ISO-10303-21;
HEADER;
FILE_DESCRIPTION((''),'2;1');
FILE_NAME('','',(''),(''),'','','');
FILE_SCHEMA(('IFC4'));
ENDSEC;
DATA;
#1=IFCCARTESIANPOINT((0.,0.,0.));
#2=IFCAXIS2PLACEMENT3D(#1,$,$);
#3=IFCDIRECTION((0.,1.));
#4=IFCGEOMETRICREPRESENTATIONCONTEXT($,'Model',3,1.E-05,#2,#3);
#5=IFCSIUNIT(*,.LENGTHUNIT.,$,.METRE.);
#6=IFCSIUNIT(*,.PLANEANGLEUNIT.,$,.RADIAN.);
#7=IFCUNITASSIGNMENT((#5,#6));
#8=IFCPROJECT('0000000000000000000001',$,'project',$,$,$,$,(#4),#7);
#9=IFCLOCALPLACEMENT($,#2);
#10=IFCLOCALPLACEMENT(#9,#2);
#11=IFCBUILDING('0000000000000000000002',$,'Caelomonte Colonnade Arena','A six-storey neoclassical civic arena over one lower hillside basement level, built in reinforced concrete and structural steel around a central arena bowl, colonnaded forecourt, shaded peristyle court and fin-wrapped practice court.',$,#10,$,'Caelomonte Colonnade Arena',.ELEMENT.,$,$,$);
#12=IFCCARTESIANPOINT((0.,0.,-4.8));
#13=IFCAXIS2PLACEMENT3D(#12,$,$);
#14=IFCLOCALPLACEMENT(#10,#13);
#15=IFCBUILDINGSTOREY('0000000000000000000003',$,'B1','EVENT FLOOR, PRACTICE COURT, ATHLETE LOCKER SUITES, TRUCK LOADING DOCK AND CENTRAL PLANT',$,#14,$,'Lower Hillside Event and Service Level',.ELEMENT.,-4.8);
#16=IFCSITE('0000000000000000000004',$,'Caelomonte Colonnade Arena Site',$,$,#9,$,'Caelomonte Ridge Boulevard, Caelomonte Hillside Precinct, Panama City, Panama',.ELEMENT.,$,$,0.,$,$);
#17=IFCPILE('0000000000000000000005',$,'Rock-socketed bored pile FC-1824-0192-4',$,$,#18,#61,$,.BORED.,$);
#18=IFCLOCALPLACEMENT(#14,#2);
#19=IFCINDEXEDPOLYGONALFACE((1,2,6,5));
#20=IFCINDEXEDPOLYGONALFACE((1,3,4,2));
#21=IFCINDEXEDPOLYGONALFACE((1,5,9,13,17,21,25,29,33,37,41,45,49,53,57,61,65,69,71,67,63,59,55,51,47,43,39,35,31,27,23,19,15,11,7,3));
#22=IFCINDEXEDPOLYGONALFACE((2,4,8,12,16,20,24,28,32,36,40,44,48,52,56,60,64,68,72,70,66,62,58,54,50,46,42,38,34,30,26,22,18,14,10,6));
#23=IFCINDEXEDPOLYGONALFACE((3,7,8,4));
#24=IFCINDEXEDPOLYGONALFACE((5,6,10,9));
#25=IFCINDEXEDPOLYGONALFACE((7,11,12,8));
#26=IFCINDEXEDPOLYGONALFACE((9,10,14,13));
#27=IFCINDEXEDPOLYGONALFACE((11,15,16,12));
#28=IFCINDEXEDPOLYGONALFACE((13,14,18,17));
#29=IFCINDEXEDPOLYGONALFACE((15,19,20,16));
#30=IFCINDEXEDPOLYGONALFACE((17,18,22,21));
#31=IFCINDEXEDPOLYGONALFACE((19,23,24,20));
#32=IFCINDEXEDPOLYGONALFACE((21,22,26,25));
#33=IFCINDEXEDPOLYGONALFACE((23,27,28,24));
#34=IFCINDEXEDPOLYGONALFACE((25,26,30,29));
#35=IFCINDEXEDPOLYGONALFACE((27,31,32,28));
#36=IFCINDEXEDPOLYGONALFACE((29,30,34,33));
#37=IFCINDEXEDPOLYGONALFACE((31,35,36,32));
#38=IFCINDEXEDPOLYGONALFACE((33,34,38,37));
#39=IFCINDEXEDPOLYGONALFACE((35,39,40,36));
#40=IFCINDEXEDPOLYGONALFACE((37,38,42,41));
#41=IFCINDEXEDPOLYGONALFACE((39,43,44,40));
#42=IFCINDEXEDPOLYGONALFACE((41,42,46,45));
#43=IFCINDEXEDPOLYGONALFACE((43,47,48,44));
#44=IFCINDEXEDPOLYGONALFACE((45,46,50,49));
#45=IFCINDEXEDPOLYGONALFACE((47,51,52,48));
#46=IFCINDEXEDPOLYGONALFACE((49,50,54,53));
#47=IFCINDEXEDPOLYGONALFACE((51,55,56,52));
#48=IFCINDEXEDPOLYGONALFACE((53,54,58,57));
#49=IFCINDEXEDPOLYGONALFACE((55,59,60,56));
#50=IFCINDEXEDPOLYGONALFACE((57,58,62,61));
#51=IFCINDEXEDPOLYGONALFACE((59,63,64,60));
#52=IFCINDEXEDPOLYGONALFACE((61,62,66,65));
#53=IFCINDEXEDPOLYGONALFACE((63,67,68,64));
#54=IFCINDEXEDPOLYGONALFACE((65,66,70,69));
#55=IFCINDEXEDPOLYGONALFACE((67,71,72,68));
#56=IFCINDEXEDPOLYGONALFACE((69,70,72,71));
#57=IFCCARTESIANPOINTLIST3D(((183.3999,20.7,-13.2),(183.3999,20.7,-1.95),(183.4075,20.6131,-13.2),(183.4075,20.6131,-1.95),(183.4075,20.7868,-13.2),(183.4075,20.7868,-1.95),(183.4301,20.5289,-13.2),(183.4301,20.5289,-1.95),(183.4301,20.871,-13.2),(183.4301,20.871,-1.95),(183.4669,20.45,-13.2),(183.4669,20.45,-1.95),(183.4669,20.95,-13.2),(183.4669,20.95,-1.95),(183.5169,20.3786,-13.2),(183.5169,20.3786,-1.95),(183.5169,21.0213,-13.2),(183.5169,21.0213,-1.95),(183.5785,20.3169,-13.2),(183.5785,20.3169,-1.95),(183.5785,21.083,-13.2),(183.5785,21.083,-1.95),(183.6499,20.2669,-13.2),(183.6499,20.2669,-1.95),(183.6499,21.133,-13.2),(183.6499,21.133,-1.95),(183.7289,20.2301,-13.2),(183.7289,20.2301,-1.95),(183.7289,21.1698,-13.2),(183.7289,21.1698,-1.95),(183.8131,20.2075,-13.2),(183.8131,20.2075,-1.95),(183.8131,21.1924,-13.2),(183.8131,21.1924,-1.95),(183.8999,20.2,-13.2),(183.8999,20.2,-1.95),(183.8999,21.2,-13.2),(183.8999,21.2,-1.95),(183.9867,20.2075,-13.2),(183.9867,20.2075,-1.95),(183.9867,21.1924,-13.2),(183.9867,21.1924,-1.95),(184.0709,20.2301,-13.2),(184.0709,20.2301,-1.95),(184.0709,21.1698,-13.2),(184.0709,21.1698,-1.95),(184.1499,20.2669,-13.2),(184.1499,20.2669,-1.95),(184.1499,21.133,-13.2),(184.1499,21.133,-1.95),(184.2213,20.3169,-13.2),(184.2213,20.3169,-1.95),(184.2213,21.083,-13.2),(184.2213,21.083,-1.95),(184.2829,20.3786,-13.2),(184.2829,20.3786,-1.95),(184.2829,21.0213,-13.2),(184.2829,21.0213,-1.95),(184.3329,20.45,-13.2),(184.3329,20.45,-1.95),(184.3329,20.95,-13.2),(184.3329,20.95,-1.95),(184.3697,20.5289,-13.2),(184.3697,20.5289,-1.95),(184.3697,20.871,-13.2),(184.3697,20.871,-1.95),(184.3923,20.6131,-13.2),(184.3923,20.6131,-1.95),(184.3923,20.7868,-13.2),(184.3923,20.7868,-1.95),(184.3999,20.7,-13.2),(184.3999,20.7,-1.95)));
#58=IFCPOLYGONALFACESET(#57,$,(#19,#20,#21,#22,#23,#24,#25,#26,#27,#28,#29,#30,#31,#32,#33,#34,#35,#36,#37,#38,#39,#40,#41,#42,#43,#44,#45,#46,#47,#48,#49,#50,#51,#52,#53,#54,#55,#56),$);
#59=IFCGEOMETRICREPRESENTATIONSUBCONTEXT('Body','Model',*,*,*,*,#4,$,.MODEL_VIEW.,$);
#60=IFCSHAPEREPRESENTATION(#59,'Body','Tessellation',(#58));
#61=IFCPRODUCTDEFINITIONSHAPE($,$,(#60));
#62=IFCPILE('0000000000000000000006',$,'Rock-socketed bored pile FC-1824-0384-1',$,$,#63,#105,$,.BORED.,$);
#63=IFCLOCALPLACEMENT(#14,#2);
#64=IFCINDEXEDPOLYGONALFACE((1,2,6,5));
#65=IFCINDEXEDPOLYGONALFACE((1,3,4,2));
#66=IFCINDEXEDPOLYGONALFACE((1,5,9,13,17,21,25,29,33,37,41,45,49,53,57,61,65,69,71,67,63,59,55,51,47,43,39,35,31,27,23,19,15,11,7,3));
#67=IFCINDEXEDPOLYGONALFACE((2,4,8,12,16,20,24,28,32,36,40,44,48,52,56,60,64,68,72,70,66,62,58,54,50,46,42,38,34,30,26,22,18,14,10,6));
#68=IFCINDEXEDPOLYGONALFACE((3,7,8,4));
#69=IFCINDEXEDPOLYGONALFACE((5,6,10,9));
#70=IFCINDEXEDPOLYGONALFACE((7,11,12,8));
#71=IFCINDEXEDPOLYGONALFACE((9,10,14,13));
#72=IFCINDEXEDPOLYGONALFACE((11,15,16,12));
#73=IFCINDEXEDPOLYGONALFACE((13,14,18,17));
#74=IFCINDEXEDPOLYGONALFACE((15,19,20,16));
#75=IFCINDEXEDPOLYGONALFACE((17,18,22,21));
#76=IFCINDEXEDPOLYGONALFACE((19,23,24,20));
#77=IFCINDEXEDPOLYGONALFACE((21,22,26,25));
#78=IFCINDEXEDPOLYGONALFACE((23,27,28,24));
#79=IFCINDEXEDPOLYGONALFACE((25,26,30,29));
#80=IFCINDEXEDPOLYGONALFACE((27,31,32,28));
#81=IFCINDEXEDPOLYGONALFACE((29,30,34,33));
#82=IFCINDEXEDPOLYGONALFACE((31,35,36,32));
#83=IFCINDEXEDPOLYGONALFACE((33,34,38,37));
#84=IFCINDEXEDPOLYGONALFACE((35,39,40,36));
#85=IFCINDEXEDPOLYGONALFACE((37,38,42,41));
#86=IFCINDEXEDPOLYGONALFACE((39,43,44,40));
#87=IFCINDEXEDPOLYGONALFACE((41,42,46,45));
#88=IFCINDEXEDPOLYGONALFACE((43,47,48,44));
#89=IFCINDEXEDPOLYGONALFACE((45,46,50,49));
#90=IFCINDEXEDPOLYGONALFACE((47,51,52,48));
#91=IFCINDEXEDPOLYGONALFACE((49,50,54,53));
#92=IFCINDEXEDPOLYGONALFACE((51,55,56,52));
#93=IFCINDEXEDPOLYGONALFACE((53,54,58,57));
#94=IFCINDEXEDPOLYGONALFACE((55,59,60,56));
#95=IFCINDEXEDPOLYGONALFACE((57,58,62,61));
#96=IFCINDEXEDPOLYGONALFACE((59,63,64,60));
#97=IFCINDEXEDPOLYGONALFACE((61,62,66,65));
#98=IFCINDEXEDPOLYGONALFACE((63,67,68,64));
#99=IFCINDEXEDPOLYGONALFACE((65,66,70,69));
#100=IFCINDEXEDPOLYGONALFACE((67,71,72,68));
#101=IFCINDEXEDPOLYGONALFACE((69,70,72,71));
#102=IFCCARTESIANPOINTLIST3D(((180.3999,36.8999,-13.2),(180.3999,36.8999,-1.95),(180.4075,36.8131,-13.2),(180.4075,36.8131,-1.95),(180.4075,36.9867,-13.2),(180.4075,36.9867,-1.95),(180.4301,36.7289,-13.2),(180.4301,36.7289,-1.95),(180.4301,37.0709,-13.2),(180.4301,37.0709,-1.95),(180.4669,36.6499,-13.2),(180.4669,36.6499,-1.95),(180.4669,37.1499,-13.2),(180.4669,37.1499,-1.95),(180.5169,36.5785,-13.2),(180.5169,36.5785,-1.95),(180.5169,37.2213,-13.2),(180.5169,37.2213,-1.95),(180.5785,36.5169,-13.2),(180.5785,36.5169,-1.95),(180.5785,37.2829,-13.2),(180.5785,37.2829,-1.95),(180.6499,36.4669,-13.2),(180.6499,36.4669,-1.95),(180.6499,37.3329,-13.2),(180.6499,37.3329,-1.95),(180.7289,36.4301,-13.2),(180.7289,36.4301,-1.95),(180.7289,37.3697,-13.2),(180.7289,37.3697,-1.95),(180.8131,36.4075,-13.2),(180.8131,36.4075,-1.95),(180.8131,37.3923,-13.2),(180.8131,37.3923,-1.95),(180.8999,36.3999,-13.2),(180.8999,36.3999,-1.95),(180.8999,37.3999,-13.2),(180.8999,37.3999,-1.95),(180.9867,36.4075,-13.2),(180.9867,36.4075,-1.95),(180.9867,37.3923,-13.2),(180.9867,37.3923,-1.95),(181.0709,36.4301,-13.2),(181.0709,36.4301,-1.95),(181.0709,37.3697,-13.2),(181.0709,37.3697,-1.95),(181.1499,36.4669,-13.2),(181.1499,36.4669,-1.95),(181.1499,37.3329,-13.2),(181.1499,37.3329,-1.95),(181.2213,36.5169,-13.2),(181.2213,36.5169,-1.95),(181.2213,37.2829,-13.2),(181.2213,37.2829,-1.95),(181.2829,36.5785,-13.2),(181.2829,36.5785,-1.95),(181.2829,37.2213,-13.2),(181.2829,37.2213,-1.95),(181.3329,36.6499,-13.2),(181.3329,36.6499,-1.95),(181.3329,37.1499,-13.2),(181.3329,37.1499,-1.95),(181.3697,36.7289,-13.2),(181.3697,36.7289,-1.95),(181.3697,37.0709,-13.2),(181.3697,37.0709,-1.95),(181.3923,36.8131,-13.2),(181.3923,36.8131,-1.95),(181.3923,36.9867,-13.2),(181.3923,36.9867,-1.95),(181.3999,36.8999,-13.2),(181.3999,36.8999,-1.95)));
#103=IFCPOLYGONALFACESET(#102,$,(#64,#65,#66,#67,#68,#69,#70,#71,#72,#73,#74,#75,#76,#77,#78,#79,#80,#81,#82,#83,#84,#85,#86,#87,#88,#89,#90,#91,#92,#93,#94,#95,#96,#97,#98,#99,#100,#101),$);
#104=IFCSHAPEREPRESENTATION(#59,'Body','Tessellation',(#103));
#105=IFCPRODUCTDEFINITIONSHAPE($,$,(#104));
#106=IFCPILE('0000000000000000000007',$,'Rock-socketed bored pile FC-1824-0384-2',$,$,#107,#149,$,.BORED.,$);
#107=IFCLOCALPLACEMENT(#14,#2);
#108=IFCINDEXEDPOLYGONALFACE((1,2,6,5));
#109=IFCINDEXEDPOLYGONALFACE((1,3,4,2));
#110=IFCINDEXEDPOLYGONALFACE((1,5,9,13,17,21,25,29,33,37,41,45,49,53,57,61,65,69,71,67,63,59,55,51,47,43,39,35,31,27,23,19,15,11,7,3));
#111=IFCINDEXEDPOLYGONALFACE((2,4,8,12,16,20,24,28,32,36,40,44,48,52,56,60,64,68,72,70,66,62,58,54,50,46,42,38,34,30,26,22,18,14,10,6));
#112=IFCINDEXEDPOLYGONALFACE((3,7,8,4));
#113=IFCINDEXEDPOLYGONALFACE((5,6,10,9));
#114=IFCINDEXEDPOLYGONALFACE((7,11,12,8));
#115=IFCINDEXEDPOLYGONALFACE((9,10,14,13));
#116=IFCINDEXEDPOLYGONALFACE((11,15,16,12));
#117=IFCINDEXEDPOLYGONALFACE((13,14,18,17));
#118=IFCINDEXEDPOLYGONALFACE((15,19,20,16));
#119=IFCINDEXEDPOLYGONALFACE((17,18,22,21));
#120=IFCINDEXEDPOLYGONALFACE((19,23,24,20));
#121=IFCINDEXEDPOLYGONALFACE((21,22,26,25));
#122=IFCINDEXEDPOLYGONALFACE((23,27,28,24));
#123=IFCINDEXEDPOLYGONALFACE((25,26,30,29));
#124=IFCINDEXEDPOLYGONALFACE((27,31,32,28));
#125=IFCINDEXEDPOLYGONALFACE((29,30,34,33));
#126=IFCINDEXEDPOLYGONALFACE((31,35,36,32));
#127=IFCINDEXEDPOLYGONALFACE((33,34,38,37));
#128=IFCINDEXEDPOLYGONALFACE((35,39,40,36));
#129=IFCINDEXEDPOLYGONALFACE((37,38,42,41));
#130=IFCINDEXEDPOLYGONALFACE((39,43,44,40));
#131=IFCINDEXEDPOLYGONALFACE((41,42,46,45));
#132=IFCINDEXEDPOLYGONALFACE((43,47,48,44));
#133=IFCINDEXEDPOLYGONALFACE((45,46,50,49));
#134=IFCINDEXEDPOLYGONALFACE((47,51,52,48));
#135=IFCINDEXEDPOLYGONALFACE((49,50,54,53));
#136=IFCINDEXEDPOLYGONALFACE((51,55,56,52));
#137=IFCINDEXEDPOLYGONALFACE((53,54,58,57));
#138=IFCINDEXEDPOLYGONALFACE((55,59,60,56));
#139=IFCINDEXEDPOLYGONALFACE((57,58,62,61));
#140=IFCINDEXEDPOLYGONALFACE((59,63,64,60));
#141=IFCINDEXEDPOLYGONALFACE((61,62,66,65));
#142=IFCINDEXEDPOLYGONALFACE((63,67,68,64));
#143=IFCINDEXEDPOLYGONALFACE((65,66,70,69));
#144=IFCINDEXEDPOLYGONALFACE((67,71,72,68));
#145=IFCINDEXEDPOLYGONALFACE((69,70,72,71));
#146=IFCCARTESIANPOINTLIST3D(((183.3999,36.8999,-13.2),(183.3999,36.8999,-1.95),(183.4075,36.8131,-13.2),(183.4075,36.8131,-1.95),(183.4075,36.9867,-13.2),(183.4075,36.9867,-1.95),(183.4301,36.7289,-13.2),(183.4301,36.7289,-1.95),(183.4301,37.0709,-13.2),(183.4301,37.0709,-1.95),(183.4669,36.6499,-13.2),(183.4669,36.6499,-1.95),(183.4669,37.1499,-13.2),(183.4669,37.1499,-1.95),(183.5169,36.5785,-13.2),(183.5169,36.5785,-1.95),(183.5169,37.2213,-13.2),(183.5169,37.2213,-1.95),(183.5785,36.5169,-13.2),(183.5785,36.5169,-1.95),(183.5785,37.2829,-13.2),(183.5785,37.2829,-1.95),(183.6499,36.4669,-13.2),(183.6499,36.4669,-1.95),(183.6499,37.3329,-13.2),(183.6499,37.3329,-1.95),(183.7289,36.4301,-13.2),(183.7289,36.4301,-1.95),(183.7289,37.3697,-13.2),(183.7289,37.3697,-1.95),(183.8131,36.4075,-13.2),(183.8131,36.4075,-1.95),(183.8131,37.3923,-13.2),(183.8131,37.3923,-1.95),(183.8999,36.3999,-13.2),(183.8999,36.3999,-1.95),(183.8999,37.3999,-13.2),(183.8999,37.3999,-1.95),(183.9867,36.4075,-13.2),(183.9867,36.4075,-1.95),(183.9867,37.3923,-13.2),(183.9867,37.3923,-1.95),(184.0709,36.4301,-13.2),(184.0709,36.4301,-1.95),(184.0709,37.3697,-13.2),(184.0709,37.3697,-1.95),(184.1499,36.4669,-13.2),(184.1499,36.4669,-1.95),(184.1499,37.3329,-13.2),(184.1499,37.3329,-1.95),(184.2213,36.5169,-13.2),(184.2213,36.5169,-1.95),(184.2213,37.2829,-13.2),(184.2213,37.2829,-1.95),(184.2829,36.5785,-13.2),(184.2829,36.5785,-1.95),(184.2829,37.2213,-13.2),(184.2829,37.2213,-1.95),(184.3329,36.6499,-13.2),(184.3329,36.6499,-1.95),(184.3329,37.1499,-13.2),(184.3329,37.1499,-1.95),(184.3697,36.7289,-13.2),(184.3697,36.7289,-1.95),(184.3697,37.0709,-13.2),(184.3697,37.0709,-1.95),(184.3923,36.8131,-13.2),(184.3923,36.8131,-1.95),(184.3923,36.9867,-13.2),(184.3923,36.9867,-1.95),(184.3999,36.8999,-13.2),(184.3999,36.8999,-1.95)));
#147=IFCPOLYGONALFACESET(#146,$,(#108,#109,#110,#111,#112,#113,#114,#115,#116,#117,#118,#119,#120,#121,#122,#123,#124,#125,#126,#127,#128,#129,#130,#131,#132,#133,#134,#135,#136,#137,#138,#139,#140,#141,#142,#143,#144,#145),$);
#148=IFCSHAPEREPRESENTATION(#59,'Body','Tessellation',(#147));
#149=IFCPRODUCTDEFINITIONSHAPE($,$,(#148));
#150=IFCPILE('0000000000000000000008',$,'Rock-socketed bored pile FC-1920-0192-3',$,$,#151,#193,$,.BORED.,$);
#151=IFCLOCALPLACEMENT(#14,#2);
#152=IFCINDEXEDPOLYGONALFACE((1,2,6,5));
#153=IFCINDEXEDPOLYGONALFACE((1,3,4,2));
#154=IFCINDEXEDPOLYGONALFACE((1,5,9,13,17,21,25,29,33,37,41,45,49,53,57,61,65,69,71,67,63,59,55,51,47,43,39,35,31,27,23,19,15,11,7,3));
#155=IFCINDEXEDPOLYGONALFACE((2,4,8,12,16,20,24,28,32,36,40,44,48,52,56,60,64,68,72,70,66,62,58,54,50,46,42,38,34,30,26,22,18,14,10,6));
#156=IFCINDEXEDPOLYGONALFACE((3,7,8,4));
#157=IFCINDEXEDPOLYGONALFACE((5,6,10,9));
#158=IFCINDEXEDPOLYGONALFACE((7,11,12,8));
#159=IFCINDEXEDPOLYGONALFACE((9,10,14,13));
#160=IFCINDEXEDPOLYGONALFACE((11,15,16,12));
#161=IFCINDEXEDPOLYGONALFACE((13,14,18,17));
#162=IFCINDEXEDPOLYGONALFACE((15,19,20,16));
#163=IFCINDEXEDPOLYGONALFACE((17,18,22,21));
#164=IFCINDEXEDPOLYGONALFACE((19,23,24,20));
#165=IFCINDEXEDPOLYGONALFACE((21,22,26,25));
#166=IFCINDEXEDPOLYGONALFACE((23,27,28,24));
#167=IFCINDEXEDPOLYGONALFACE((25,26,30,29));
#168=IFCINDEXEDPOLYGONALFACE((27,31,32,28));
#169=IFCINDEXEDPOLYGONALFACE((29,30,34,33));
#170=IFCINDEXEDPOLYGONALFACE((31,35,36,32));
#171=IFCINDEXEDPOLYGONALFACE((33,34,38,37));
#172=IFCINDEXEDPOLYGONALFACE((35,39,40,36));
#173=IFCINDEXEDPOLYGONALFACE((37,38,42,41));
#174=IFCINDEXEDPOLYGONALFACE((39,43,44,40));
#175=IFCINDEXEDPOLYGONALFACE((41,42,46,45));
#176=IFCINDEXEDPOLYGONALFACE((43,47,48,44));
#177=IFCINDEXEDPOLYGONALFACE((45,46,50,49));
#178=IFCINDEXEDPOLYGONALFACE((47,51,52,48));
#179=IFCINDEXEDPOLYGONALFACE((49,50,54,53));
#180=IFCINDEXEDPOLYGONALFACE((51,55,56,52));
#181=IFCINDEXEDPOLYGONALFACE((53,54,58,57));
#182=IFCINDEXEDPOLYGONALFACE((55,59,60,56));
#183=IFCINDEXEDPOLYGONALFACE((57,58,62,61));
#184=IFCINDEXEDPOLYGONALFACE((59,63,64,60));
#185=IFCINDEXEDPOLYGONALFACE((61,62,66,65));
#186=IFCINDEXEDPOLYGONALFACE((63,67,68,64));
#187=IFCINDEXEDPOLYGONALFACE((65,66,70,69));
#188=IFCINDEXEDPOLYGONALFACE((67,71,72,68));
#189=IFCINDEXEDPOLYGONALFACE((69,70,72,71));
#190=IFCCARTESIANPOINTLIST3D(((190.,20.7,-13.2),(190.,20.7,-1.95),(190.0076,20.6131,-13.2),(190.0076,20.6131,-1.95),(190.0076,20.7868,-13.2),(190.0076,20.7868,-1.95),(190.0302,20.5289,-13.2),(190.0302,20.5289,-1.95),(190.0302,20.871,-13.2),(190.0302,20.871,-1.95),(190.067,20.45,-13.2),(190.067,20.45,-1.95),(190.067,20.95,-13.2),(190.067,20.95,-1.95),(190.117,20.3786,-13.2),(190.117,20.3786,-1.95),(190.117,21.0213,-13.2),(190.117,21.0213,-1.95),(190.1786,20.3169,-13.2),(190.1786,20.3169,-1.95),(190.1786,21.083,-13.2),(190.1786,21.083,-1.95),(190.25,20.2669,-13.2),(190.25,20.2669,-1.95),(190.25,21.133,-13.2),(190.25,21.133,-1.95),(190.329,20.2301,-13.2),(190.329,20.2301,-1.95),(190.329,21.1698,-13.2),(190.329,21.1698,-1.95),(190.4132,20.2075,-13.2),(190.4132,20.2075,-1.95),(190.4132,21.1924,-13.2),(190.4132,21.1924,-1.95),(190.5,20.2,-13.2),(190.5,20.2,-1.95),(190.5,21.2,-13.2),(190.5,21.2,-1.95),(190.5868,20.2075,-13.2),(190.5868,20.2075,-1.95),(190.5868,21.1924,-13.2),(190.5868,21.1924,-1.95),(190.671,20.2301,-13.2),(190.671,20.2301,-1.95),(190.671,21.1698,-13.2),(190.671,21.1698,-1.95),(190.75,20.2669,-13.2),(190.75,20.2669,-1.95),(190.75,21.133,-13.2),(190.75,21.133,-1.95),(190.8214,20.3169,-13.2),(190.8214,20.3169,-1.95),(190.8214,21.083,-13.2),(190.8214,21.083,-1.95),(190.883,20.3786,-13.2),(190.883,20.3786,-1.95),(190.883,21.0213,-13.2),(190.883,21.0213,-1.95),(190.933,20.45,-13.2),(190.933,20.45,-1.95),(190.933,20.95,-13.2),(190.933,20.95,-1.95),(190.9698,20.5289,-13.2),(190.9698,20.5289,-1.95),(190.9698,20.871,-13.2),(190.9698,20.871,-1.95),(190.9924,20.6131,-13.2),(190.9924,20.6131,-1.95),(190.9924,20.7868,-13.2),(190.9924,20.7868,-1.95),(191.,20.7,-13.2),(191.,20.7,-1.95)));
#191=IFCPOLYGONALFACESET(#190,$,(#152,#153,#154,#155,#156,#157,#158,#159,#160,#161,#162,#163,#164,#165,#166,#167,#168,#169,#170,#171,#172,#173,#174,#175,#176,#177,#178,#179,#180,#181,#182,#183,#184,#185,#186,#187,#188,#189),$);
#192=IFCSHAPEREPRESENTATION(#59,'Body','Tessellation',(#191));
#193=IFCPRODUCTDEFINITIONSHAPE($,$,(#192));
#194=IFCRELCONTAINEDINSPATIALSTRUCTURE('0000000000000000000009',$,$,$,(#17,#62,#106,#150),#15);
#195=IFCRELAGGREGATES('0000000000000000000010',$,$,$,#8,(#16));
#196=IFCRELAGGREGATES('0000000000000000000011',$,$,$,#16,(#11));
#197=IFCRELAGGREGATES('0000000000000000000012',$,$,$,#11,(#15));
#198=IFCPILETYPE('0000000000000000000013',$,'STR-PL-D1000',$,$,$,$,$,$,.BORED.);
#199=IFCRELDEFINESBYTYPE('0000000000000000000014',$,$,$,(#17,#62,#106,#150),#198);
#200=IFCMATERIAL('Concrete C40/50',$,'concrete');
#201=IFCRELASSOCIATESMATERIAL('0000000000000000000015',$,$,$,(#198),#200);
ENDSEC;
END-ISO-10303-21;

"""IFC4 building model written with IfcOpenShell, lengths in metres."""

from ifc_helpers import new_model, si_unit, direction, frame, origin, origin_2d, place, context, subcontext, project, spatial, circle, extrude, material, material_profile, profile_set, type_object, element, save


model = new_model("IFC4")

# Units and contexts
model_context = context("Model", 3, precision=1e-05, world=origin(), true_north=direction((0.0, 1.0)))
body_context = subcontext(model_context, "Body", "Model", "MODEL_VIEW")
ifc_project = project(units=[si_unit("LENGTHUNIT", "METRE"), si_unit("PLANEANGLEUNIT", "RADIAN")], contexts=[model_context])

# Site, building, storey
site_placement = place(None, origin())
site = spatial("IfcSite", under=ifc_project, at=site_placement, Name="Caelomonte Colonnade Arena Site", LongName="Caelomonte Ridge Boulevard, Caelomonte Hillside Precinct, Panama City, Panama", CompositionType="ELEMENT", RefElevation=0.0)
building_placement = place(site_placement, origin())
building = spatial("IfcBuilding", under=site, at=building_placement, Name="Caelomonte Colonnade Arena", Description="A six-storey neoclassical civic arena over one lower hillside basement level, built in reinforced concrete and structural steel around a central arena bowl, colonnaded forecourt, shaded peristyle court and fin-wrapped practice court.", LongName="Caelomonte Colonnade Arena", CompositionType="ELEMENT")
storey_placement = place(building_placement, frame((0.0, 0.0, -4.8)))
storey = spatial("IfcBuildingStorey", under=building, at=storey_placement, Name="B1", Description="EVENT FLOOR, PRACTICE COURT, ATHLETE LOCKER SUITES, TRUCK LOADING DOCK AND CENTRAL PLANT", LongName="Lower Hillside Event and Service Level", CompositionType="ELEMENT", Elevation=-4.8)

# Shared definitions
ifc_material_1 = material(Name="Concrete C40/50", Category="concrete")

# Piles
ifc_material_profile_1 = material_profile(ifc_material_1, circle(Radius=0.5, at=origin_2d()), Name="PILE-D1000")
ifc_profile_set_1 = profile_set([ifc_material_profile_1], Name="Concrete C40/50")
pile_type = type_object("IfcPileType", Name="STR-PL-D1000", PredefinedType="BORED", material=ifc_profile_set_1)
for number, where, z_axis, x_axis, name in (
    (1, (183.8999, 20.7, -1.95), (0.0, 0.0, -1.0), (1.0, 0.0, 0.0), "Rock-socketed bored pile FC-1824-0192-4"),
    (2, (180.8999, 36.8999, -1.95), (0.0, 0.0, -1.0), (1.0, 0.0, 0.0), "Rock-socketed bored pile FC-1824-0384-1"),
    (3, (183.8999, 36.8999, -1.95), (0.0, 0.0, -1.0), (1.0, 0.0, 0.0), "Rock-socketed bored pile FC-1824-0384-2"),
    (4, (190.5, 20.7, -1.95), (0.0, 0.0, -1.0), (1.0, 0.0, 0.0), "Rock-socketed bored pile FC-1920-0192-3"),
):
    element("IfcPile", number, at=place(storey_placement, frame(where, z_axis=z_axis, x_axis=x_axis)), inside=storey, type_object=pile_type, Name=name, PredefinedType="BORED", context=body_context, shape_type="SweptSolid", body=[
        extrude(circle(Radius=0.5, at=origin_2d()), origin(), (0.0, 0.0, 1.0), 11.25),
    ])

save(model, "model.ifc")
